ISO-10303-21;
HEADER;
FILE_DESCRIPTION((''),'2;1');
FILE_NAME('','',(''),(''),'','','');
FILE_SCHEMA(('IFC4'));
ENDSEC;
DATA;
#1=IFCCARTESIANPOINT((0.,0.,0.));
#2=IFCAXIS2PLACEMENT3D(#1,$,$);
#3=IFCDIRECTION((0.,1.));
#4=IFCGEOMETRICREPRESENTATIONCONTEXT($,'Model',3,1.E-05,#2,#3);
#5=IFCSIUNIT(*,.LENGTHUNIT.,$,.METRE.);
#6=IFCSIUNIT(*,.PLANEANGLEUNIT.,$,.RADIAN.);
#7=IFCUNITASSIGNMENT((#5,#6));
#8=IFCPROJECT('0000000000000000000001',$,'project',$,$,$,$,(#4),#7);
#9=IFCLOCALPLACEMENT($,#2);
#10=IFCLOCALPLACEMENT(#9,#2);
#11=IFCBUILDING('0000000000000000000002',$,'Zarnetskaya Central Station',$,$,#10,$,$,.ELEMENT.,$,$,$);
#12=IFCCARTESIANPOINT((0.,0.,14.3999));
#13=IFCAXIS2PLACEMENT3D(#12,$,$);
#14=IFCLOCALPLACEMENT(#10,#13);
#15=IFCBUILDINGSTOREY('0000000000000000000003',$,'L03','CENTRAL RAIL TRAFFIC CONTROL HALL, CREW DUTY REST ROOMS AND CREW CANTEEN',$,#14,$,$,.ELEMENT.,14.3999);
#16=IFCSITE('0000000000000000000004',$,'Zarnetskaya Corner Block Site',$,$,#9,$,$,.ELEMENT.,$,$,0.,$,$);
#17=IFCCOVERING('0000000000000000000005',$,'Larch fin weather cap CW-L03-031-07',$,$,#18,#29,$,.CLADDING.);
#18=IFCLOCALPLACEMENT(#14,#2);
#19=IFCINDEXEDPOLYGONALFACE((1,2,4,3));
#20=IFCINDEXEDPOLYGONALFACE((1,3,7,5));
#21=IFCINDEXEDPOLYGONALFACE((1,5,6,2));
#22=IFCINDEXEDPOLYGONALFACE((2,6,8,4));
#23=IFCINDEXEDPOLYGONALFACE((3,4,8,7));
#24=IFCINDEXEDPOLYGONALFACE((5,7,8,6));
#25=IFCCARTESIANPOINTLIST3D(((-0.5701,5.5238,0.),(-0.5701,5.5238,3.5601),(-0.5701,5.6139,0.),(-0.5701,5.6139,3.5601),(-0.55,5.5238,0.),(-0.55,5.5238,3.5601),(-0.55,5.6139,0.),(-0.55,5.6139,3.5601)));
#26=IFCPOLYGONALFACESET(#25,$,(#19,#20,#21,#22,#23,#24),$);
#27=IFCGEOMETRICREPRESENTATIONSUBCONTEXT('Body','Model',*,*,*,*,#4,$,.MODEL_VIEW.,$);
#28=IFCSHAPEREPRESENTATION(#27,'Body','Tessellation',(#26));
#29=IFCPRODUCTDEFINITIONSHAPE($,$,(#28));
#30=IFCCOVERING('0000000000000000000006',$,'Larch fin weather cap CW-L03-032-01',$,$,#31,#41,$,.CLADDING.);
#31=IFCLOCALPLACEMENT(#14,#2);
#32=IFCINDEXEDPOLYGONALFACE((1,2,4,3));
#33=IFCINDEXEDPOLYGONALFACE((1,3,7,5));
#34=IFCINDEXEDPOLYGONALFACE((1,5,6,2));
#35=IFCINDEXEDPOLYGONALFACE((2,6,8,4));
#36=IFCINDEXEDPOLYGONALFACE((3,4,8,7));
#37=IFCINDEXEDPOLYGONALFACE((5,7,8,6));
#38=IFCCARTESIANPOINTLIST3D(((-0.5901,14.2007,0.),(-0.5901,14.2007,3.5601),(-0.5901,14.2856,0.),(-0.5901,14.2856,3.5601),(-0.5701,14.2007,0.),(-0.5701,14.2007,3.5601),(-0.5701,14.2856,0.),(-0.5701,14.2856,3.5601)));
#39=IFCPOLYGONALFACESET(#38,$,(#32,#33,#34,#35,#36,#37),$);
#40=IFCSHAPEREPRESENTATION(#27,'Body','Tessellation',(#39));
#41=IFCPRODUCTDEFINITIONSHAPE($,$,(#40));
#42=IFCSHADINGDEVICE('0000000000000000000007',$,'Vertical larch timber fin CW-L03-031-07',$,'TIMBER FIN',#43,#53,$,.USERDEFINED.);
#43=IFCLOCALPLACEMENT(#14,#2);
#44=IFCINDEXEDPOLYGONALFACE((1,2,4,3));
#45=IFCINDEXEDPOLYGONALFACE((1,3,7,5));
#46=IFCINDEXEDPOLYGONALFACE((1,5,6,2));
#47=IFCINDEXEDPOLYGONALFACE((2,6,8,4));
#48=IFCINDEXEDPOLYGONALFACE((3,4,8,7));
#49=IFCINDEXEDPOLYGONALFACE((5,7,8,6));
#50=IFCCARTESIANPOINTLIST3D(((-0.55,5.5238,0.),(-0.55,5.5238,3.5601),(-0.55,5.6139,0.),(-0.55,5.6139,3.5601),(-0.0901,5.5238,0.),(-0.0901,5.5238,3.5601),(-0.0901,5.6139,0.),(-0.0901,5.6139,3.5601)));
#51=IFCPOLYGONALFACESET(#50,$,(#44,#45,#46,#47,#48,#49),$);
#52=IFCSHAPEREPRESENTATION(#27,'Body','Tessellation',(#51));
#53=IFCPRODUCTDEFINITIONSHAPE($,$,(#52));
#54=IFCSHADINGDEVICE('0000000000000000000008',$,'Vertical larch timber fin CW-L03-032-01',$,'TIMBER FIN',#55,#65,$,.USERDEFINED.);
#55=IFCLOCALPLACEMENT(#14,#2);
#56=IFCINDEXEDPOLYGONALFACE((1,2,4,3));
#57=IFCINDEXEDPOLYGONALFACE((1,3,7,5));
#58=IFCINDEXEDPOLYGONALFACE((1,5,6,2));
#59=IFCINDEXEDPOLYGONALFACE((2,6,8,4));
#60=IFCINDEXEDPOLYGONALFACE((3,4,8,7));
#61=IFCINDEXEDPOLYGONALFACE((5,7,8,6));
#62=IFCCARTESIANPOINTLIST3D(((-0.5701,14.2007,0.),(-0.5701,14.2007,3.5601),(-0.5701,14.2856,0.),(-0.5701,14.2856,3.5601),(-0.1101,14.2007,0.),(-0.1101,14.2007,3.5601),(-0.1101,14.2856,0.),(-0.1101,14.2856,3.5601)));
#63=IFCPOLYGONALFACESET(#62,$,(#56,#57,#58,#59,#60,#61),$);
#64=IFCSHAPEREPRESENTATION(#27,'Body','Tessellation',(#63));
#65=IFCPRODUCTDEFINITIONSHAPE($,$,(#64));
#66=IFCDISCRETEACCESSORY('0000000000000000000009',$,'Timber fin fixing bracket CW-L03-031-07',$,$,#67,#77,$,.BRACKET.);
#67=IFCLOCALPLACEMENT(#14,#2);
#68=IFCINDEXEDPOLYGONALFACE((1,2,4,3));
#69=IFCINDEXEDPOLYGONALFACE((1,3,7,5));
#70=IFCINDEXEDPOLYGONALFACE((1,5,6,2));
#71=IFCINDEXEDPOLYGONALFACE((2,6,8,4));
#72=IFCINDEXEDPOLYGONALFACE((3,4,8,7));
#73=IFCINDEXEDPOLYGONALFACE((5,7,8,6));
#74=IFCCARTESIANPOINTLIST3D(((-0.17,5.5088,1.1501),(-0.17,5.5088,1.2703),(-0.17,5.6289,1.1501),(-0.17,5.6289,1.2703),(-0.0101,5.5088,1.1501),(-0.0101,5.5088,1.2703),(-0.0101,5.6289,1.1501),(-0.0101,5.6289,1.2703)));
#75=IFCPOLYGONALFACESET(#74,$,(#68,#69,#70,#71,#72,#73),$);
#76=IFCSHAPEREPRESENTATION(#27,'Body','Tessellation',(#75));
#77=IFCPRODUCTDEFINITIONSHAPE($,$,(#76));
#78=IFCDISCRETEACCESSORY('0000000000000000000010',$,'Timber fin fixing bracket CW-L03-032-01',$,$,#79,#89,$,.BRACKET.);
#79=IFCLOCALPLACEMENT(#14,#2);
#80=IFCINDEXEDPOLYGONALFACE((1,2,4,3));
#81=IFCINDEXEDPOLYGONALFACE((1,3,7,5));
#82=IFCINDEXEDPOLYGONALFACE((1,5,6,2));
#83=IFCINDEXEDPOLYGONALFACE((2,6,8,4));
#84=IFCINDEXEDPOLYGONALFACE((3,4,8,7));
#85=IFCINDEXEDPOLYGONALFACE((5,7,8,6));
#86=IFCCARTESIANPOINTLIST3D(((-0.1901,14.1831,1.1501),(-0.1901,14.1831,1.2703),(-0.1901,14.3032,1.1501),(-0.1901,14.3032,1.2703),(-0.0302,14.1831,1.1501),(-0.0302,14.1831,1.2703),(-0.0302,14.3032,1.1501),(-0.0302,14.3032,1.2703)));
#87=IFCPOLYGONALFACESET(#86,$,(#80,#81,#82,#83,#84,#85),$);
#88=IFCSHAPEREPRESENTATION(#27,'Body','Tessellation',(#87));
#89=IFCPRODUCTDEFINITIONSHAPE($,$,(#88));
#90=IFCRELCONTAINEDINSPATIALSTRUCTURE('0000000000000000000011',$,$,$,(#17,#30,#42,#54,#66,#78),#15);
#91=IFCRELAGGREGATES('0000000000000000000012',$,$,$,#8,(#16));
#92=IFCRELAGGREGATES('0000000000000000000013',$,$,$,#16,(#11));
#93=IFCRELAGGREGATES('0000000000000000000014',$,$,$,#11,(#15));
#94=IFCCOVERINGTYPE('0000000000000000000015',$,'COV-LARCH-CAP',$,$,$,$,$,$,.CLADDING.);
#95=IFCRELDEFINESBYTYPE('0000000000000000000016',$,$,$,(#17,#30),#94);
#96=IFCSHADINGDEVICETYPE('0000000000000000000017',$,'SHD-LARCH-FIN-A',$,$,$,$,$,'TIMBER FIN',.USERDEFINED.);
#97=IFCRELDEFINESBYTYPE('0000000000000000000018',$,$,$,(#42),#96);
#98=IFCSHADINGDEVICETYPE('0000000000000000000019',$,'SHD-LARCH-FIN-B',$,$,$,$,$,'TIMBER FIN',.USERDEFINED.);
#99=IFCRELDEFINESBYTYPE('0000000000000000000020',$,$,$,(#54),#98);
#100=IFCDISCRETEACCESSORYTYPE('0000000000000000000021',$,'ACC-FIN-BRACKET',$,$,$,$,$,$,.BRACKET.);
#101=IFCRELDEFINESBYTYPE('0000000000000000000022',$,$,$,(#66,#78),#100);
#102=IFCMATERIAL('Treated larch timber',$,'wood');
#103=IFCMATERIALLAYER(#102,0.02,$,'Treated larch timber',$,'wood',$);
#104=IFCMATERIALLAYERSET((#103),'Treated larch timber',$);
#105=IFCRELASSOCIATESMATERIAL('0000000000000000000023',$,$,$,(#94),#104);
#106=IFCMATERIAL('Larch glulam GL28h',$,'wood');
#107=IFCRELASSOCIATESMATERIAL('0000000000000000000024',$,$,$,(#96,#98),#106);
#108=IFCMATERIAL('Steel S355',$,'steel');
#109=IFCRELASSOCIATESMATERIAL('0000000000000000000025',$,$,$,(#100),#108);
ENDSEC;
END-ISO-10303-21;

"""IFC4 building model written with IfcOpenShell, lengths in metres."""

from ifc_helpers import new_model, si_unit, direction, frame, origin, origin_2d, place, context, subcontext, project, spatial, rectangle, extrude, material, layer, layer_set, type_object, element, save


model = new_model("IFC4")

# Units and contexts
model_context = context("Model", 3, precision=1e-05, world=origin(), true_north=direction((0.0, 1.0)))
body_context = subcontext(model_context, "Body", "Model", "MODEL_VIEW")
ifc_project = project(units=[si_unit("LENGTHUNIT", "METRE"), si_unit("PLANEANGLEUNIT", "RADIAN")], contexts=[model_context])

# Site, building, storey
site_placement = place(None, origin())
site = spatial("IfcSite", under=ifc_project, at=site_placement, Name="Zarnetskaya Corner Block Site", CompositionType="ELEMENT", RefElevation=0.0)
building_placement = place(site_placement, origin())
building = spatial("IfcBuilding", under=site, at=building_placement, Name="Zarnetskaya Central Station", CompositionType="ELEMENT")
storey_placement = place(building_placement, frame((0.0, 0.0, 14.3999)))
storey = spatial("IfcBuildingStorey", under=building, at=storey_placement, Name="L03", Description="CENTRAL RAIL TRAFFIC CONTROL HALL, CREW DUTY REST ROOMS AND CREW CANTEEN", CompositionType="ELEMENT", Elevation=14.3999)

# Shared definitions
ifc_material_1 = material(Name="Steel S355", Category="steel")

# Coverings
ifc_material_2 = material(Name="Treated larch timber", Category="wood")
ifc_layer_1 = layer(ifc_material_2, 0.02, Name="Treated larch timber", Category="wood")
ifc_layer_set_1 = layer_set([ifc_layer_1], Name="Treated larch timber")
covering_type = type_object("IfcCoveringType", Name="COV-LARCH-CAP", PredefinedType="CLADDING", material=ifc_layer_set_1)
covering_1_placement = place(storey_placement, frame((-0.5601, 5.5688, 0.0), z_axis=(0.0, 0.0, 1.0), x_axis=(0.0, 1.0, 0.0)))
element("IfcCovering", 1, at=covering_1_placement, inside=storey, type_object=covering_type, Name="Larch fin weather cap CW-L03-031-07", PredefinedType="CLADDING", context=body_context, shape_type="SweptSolid", body=[
    extrude(rectangle(XDim=0.0901, YDim=0.02, at=origin_2d()), origin(), (0.0, 0.0, 1.0), 3.5601),
])
covering_2_placement = place(storey_placement, frame((-0.5801, 14.2432, 0.0), z_axis=(0.0, 0.0, 1.0), x_axis=(0.0, 1.0, 0.0)))
element("IfcCovering", 2, at=covering_2_placement, inside=storey, type_object=covering_type, Name="Larch fin weather cap CW-L03-032-01", PredefinedType="CLADDING", context=body_context, shape_type="SweptSolid", body=[
    extrude(rectangle(XDim=0.085, YDim=0.02, at=origin_2d()), origin(), (0.0, 0.0, 1.0), 3.5601),
])

# Shading devices
ifc_material_3 = material(Name="Larch glulam GL28h", Category="wood")
shading_device_type_1 = type_object("IfcShadingDeviceType", Name="SHD-LARCH-FIN-A", ElementType="TIMBER FIN", PredefinedType="USERDEFINED", material=ifc_material_3)
shading_device_1_placement = place(storey_placement, frame((-0.3201, 5.5688, 0.0), z_axis=(0.0, 0.0, 1.0), x_axis=(0.0, 1.0, 0.0)))
element("IfcShadingDevice", 3, at=shading_device_1_placement, inside=storey, type_object=shading_device_type_1, Name="Vertical larch timber fin CW-L03-031-07", ObjectType="TIMBER FIN", PredefinedType="USERDEFINED", context=body_context, shape_type="SweptSolid", body=[
    extrude(rectangle(XDim=0.0901, YDim=0.46, at=origin_2d()), origin(), (0.0, 0.0, 1.0), 3.5601),
])
shading_device_type_2 = type_object("IfcShadingDeviceType", Name="SHD-LARCH-FIN-B", ElementType="TIMBER FIN", PredefinedType="USERDEFINED", material=ifc_material_3)
shading_device_2_placement = place(storey_placement, frame((-0.3401, 14.2432, 0.0), z_axis=(0.0, 0.0, 1.0), x_axis=(0.0, 1.0, 0.0)))
element("IfcShadingDevice", 4, at=shading_device_2_placement, inside=storey, type_object=shading_device_type_2, Name="Vertical larch timber fin CW-L03-032-01", ObjectType="TIMBER FIN", PredefinedType="USERDEFINED", context=body_context, shape_type="SweptSolid", body=[
    extrude(rectangle(XDim=0.085, YDim=0.46, at=origin_2d()), origin(), (0.0, 0.0, 1.0), 3.5601),
])

# Discrete accessories
discrete_accessory_type = type_object("IfcDiscreteAccessoryType", Name="ACC-FIN-BRACKET", PredefinedType="BRACKET", material=ifc_material_1)
for number, where, z_axis, x_axis, name in (
    (5, (-0.0901, 5.5688, 1.1501), (0.0, 0.0, 1.0), (0.0, 1.0, 0.0), "Timber fin fixing bracket CW-L03-031-07"),
    (6, (-0.1101, 14.2432, 1.1501), (0.0, 0.0, 1.0), (0.0, 1.0, 0.0), "Timber fin fixing bracket CW-L03-032-01"),
):
    element("IfcDiscreteAccessory", number, at=place(storey_placement, frame(where, z_axis=z_axis, x_axis=x_axis)), inside=storey, type_object=discrete_accessory_type, Name=name, PredefinedType="BRACKET", context=body_context, shape_type="SweptSolid", body=[
        extrude(rectangle(XDim=0.1201, YDim=0.1599, at=origin_2d()), origin(), (0.0, 0.0, 1.0), 0.1201),
    ])

save(model, "model.ifc")
